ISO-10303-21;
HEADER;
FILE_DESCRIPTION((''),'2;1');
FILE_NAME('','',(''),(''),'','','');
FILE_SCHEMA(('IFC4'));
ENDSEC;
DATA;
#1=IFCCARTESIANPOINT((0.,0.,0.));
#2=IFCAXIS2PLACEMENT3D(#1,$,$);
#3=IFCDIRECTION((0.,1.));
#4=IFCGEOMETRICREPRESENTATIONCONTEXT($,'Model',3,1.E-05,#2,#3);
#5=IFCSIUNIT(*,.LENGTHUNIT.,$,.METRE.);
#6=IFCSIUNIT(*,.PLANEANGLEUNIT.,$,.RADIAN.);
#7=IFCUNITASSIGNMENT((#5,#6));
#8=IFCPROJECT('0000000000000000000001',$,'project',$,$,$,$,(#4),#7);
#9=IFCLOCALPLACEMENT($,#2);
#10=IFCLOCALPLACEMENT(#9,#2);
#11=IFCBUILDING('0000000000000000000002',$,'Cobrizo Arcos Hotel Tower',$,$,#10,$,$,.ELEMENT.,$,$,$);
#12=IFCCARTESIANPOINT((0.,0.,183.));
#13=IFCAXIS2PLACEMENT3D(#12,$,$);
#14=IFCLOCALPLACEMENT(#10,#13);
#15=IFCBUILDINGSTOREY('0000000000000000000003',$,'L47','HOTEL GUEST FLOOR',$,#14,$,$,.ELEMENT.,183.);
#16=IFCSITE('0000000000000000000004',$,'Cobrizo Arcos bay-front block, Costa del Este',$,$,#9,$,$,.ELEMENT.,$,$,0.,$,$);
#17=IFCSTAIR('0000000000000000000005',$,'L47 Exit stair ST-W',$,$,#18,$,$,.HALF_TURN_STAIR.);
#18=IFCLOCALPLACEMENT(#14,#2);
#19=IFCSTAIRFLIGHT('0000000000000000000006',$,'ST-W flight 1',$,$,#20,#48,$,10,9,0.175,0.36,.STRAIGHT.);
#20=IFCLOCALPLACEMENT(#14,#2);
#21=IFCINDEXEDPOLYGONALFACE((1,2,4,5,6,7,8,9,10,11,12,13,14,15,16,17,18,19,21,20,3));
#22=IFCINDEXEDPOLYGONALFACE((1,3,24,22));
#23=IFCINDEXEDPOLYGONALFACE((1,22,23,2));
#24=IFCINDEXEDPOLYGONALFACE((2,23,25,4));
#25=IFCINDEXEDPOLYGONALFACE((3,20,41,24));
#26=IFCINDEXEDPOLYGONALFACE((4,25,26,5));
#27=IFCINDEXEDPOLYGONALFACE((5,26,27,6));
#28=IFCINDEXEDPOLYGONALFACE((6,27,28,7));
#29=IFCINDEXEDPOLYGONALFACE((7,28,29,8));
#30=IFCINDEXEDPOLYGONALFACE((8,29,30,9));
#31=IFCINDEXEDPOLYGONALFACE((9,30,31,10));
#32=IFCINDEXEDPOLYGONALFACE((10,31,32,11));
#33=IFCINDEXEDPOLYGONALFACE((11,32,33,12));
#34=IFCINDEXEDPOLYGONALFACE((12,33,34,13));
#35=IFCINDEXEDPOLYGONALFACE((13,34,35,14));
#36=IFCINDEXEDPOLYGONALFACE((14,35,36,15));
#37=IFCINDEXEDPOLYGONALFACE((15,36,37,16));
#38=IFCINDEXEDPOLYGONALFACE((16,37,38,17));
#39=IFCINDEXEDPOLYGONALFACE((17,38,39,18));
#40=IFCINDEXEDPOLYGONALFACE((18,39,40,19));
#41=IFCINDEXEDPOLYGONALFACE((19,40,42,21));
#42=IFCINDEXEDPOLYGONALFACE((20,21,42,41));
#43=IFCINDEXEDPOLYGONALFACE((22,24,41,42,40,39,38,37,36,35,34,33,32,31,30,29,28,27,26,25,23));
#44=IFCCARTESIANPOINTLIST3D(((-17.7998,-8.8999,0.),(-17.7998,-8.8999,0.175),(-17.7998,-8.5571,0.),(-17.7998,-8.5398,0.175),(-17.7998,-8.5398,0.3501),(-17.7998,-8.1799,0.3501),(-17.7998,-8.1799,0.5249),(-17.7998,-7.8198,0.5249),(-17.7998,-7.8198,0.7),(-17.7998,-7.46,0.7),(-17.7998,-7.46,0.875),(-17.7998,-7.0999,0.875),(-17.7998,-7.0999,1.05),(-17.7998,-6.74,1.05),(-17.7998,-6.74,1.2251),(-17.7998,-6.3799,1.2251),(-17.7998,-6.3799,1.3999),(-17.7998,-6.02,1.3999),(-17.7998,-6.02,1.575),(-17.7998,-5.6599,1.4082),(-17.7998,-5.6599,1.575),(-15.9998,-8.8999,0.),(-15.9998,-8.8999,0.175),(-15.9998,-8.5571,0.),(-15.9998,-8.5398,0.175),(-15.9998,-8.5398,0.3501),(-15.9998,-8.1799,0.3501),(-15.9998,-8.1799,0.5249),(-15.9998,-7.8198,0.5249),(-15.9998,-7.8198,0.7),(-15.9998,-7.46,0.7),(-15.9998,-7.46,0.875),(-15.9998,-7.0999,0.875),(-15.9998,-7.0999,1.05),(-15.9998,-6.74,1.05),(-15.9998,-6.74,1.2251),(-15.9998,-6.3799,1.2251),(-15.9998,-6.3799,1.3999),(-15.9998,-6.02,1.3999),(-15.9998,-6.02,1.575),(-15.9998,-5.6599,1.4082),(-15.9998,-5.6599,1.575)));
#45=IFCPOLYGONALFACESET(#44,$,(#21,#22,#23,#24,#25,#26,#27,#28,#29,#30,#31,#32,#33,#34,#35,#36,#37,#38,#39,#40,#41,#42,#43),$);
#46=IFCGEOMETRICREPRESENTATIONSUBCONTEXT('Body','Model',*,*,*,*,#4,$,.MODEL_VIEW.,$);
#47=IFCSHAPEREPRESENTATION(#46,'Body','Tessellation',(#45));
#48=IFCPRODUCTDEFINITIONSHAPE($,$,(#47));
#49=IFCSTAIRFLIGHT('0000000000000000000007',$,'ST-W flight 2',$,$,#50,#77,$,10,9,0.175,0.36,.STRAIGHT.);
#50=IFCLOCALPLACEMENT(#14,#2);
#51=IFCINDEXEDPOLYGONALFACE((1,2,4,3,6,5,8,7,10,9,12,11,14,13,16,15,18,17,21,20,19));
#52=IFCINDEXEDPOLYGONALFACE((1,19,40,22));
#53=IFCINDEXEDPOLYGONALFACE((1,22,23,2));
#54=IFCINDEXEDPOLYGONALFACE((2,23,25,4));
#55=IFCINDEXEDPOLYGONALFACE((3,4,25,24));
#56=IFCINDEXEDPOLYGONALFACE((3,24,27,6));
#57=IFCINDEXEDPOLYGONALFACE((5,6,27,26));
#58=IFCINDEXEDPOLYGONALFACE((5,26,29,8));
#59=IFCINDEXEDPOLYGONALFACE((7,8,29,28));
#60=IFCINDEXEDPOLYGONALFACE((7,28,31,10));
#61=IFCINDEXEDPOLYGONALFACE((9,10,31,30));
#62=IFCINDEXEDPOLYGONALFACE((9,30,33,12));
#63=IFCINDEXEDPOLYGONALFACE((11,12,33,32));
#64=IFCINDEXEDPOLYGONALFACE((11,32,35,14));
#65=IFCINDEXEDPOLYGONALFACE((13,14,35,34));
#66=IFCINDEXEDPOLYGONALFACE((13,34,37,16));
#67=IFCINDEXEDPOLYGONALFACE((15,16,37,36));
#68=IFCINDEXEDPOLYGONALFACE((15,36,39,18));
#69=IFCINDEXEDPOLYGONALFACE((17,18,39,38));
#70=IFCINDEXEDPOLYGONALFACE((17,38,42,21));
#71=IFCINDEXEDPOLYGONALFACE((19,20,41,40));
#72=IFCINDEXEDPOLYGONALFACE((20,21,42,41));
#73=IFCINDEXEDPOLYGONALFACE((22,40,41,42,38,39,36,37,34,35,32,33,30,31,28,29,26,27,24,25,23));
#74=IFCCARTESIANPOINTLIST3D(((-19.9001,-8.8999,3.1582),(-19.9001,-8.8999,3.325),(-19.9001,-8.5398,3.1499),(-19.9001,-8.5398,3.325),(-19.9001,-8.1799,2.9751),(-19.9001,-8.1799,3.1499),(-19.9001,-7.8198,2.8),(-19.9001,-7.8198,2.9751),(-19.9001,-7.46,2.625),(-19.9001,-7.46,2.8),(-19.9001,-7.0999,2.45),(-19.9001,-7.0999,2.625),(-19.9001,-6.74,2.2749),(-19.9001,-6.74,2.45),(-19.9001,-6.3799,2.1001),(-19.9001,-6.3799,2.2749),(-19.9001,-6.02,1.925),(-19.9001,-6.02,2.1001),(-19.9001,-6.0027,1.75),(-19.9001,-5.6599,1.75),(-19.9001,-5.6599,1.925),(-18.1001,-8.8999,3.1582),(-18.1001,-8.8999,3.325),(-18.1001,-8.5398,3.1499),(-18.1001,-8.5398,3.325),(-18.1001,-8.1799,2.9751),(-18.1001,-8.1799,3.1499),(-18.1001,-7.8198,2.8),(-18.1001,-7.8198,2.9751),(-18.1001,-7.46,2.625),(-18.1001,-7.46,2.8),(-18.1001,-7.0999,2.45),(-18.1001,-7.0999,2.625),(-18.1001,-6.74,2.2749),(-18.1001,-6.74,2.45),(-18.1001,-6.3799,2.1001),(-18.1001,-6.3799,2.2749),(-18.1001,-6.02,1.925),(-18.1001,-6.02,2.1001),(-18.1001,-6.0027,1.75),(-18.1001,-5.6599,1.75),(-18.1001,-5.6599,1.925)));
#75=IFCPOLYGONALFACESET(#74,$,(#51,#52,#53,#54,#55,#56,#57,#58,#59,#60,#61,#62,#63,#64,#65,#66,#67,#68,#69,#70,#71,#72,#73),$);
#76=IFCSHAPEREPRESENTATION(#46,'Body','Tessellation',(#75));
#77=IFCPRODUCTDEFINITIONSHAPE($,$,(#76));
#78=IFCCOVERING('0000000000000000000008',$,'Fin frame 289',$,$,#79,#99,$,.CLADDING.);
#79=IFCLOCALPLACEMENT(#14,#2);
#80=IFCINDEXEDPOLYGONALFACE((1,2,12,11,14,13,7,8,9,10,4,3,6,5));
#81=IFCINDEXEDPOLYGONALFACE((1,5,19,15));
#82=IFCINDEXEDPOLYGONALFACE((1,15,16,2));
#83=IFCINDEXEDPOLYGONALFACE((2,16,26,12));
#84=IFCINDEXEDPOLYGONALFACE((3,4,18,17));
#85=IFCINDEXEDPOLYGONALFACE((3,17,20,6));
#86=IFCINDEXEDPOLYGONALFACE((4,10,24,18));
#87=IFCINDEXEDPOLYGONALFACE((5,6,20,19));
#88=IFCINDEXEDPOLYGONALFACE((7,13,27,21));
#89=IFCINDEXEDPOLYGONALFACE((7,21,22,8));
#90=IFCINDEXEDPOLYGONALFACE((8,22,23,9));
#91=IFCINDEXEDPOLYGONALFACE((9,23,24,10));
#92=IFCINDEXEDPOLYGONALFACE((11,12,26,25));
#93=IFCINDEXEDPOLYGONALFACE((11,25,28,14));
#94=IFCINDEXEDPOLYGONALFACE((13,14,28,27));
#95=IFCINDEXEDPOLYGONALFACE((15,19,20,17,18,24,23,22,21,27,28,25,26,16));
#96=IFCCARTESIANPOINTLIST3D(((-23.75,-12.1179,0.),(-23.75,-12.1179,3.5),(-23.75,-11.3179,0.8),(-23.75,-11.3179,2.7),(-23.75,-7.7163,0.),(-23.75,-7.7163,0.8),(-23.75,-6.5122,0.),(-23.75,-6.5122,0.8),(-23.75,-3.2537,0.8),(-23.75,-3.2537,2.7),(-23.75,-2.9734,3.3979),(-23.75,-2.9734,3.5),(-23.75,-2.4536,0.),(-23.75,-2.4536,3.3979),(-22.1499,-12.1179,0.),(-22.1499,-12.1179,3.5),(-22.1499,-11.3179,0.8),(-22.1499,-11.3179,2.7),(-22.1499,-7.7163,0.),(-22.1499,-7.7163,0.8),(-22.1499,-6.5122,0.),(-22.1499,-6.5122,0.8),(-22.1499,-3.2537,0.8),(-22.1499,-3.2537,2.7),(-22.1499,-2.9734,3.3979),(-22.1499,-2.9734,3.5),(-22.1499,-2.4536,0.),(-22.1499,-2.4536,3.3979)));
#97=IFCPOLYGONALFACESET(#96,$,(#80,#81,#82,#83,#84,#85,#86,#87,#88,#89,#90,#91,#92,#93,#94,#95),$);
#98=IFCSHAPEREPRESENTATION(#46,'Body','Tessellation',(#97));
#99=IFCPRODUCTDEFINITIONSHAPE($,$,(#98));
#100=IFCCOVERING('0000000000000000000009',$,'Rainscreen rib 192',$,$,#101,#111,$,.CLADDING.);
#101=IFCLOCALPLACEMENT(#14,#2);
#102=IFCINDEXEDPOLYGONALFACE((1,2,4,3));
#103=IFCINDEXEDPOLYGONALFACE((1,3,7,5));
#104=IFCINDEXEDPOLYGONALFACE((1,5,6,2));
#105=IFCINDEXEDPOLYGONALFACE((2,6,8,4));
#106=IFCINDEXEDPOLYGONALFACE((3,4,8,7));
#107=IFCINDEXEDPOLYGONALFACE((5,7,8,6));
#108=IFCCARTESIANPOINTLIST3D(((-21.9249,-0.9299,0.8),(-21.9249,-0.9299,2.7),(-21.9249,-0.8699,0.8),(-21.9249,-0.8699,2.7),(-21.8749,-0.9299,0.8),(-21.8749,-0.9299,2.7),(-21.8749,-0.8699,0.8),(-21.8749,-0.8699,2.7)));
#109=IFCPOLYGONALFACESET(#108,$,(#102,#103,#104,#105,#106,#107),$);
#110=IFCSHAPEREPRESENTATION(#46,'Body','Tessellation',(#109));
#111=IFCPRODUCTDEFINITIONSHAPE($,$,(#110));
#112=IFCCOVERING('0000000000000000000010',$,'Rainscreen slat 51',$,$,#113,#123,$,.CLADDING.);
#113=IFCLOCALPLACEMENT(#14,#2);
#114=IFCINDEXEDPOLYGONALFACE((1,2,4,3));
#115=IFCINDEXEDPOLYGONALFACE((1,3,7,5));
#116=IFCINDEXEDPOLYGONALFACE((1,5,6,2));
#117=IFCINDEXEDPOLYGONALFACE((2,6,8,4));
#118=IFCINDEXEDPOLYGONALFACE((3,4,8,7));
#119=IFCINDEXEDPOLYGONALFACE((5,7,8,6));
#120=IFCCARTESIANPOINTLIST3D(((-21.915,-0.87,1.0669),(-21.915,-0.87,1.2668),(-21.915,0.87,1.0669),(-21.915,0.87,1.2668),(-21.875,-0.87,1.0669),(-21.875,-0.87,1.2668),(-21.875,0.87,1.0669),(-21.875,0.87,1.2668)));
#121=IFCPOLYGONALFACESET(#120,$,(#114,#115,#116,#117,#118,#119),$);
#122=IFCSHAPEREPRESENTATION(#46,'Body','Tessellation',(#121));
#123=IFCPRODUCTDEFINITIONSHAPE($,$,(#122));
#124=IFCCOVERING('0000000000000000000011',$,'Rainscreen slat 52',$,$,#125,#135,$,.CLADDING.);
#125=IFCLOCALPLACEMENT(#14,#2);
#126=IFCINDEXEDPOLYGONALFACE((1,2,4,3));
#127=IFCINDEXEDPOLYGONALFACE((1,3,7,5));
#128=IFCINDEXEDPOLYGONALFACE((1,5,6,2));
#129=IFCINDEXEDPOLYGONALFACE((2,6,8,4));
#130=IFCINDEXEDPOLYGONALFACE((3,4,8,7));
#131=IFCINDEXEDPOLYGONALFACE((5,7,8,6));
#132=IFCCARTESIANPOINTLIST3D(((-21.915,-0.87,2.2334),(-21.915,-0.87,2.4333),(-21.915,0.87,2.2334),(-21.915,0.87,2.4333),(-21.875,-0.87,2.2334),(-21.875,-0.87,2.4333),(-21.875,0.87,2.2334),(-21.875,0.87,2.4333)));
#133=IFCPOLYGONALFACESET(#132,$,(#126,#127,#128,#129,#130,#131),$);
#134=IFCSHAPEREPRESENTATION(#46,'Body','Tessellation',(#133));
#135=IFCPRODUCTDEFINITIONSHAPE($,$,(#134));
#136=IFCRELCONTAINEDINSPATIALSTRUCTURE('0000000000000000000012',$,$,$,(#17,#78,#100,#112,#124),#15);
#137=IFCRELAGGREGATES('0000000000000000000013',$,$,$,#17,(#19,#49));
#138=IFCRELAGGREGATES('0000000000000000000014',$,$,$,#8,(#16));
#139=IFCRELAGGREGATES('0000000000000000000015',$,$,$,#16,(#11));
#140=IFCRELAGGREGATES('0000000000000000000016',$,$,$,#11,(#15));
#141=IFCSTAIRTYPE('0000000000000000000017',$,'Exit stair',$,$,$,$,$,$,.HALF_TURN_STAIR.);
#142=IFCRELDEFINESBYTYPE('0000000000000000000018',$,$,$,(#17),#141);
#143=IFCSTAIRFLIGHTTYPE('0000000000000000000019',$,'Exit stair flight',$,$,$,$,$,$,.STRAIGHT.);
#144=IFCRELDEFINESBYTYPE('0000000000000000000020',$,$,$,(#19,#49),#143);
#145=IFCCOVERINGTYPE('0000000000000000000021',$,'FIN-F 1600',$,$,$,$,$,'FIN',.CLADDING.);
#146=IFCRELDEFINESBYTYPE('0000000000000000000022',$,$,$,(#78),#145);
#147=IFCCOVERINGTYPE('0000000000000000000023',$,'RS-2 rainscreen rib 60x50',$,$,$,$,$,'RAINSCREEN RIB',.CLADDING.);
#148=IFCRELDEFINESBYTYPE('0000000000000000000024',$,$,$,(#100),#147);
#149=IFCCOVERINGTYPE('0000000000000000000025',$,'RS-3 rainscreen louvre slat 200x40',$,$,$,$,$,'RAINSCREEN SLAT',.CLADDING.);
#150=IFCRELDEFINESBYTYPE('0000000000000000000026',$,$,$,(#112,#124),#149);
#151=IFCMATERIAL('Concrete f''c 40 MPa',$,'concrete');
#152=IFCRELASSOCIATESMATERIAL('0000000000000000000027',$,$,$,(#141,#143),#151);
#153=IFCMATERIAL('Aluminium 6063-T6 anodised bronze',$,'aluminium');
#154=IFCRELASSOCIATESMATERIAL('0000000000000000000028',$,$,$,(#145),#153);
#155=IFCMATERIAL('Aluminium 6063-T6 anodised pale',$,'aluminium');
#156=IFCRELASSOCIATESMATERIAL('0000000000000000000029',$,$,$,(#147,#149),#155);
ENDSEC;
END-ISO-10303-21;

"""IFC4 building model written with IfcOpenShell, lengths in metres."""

from ifc_helpers import new_model, si_unit, direction, frame, origin, origin_2d, place, context, subcontext, project, spatial, polyline, rectangle, outline, extrude, material, type_object, element, aggregate, save


model = new_model("IFC4")

# Units and contexts
model_context = context("Model", 3, precision=1e-05, world=origin(), true_north=direction((0.0, 1.0)))
body_context = subcontext(model_context, "Body", "Model", "MODEL_VIEW")
ifc_project = project(units=[si_unit("LENGTHUNIT", "METRE"), si_unit("PLANEANGLEUNIT", "RADIAN")], contexts=[model_context])

# Site, building, storey
site_placement = place(None, origin())
site = spatial("IfcSite", under=ifc_project, at=site_placement, Name="Cobrizo Arcos bay-front block, Costa del Este", CompositionType="ELEMENT", RefElevation=0.0)
building_placement = place(site_placement, origin())
building = spatial("IfcBuilding", under=site, at=building_placement, Name="Cobrizo Arcos Hotel Tower", CompositionType="ELEMENT")
storey_placement = place(building_placement, frame((0.0, 0.0, 183.0)))
storey = spatial("IfcBuildingStorey", under=building, at=storey_placement, Name="L47", Description="HOTEL GUEST FLOOR", CompositionType="ELEMENT", Elevation=183.0)

# Shared definitions
ifc_material_1 = material(Name="Aluminium 6063-T6 anodised bronze", Category="aluminium")

# Shared definitions
ifc_material_2 = material(Name="Concrete f'c 40 MPa", Category="concrete")

# Stair, stair flights
stair_type = type_object("IfcStairType", Name="Exit stair", PredefinedType="HALF_TURN_STAIR", material=ifc_material_2)
stair_placement = place(storey_placement, origin())
stair = element("IfcStair", 1, at=stair_placement, inside=storey, type_object=stair_type, Name="L47 Exit stair ST-W", PredefinedType="HALF_TURN_STAIR")
stair_flight_type = type_object("IfcStairFlightType", Name="Exit stair flight", PredefinedType="STRAIGHT", material=ifc_material_2)
stair_flight_1_placement = place(storey_placement, frame((-16.8999, -8.8999, 0.0), z_axis=(0.0, 0.0, 1.0), x_axis=(0.0, 1.0, 0.0)))
stair_flight_1 = element("IfcStairFlight", 2, at=stair_flight_1_placement, type_object=stair_flight_type, Name="ST-W flight 1", NumberOfRisers=10, NumberOfTreads=9, PredefinedType="STRAIGHT", RiserHeight=0.175, TreadLength=0.36, context=body_context, shape_type="SweptSolid", body=[
    extrude(outline(polyline([(0.0, 0.0), (0.0, 0.175), (0.3601, 0.175), (0.3601, 0.3501), (0.72, 0.3501), (0.72, 0.5249), (1.0801, 0.5249), (1.0801, 0.7), (1.4399, 0.7), (1.4399, 0.875), (1.8, 0.875), (1.8, 1.05), (2.1599, 1.05), (2.1599, 1.2251), (2.52, 1.2251), (2.52, 1.3999), (2.8799, 1.3999), (2.8799, 1.575), (3.24, 1.575), (3.24, 1.75), (3.24, 1.4082), (0.3428, 0.0), (0.0, 0.0)])), frame((0.0, 0.8999, 0.0), z_axis=(0.0, -1.0, 0.0), x_axis=(1.0, 0.0, 0.0)), (0.0, 0.0, 1.0), 1.8),
])
stair_flight_2_placement = place(storey_placement, frame((-19.0, -5.6599, 1.75), z_axis=(0.0, 0.0, 1.0), x_axis=(0.0, -1.0, 0.0)))
stair_flight_2 = element("IfcStairFlight", 3, at=stair_flight_2_placement, type_object=stair_flight_type, Name="ST-W flight 2", NumberOfRisers=10, NumberOfTreads=9, PredefinedType="STRAIGHT", RiserHeight=0.175, TreadLength=0.36, context=body_context, shape_type="SweptSolid", body=[
    extrude(outline(polyline([(0.0, 0.0), (0.0, 0.175), (0.3601, 0.175), (0.3601, 0.3501), (0.72, 0.3501), (0.72, 0.5249), (1.0801, 0.5249), (1.0801, 0.7), (1.4399, 0.7), (1.4399, 0.875), (1.8, 0.875), (1.8, 1.05), (2.1599, 1.05), (2.1599, 1.2251), (2.52, 1.2251), (2.52, 1.3999), (2.8799, 1.3999), (2.8799, 1.575), (3.24, 1.575), (3.24, 1.75), (3.24, 1.4082), (0.3428, 0.0), (0.0, 0.0)])), frame((0.0, 0.8999, 0.0), z_axis=(0.0, -1.0, 0.0), x_axis=(1.0, 0.0, 0.0)), (0.0, 0.0, 1.0), 1.8),
])
aggregate(stair, [stair_flight_1, stair_flight_2])

# Coverings
covering_type_1 = type_object("IfcCoveringType", Name="FIN-F 1600", ElementType="FIN", PredefinedType="CLADDING", material=ifc_material_1)
covering_1_placement = place(storey_placement, frame((-22.1499, -2.4536, 0.0), z_axis=(-1.0, 0.0, 0.0), x_axis=(0.0, -1.0, 0.0)))
element("IfcCovering", 4, at=covering_1_placement, inside=storey, type_object=covering_type_1, Name="Fin frame 289", PredefinedType="CLADDING", context=body_context, shape_type="SweptSolid", body=[
    extrude(outline(polyline([(0.0, 0.0), (4.0586, 0.0), (4.0586, 0.8), (0.8, 0.8), (0.8, 2.7), (8.8643, 2.7), (8.8643, 0.8), (5.2627, 0.8), (5.2627, 0.0), (9.6643, 0.0), (9.6643, 3.5), (0.5198, 3.5), (0.5198, 3.3979), (0.0, 3.3979), (0.0, 0.0)])), origin(), (0.0, 0.0, 1.0), 1.6001),
])
ifc_material_3 = material(Name="Aluminium 6063-T6 anodised pale", Category="aluminium")
covering_type_2 = type_object("IfcCoveringType", Name="RS-2 rainscreen rib 60x50", ElementType="RAINSCREEN RIB", PredefinedType="CLADDING", material=ifc_material_3)
covering_2_placement = place(storey_placement, frame((-21.8999, -0.8999, 0.8), z_axis=(0.0, 0.0, 1.0), x_axis=(0.0, -1.0, 0.0)))
element("IfcCovering", 5, at=covering_2_placement, inside=storey, type_object=covering_type_2, Name="Rainscreen rib 192", PredefinedType="CLADDING", context=body_context, shape_type="SweptSolid", body=[
    extrude(rectangle(XDim=0.0601, YDim=0.05, at=origin_2d()), origin(), (0.0, 0.0, 1.0), 1.8999),
])
covering_type_3 = type_object("IfcCoveringType", Name="RS-3 rainscreen louvre slat 200x40", ElementType="RAINSCREEN SLAT", PredefinedType="CLADDING", material=ifc_material_3)
for number, where, z_axis, x_axis, name in (
    (6, (-21.895, 0.0, 1.0669), (0.0, 0.0, 1.0), (0.0, -1.0, 0.0), "Rainscreen slat 51"),
    (7, (-21.895, 0.0, 2.2334), (0.0, 0.0, 1.0), (0.0, -1.0, 0.0), "Rainscreen slat 52"),
):
    element("IfcCovering", number, at=place(storey_placement, frame(where, z_axis=z_axis, x_axis=x_axis)), inside=storey, type_object=covering_type_3, Name=name, PredefinedType="CLADDING", context=body_context, shape_type="SweptSolid", body=[
        extrude(rectangle(XDim=1.74, YDim=0.04, at=origin_2d()), origin(), (0.0, 0.0, 1.0), 0.2),
    ])

save(model, "model.ifc")
